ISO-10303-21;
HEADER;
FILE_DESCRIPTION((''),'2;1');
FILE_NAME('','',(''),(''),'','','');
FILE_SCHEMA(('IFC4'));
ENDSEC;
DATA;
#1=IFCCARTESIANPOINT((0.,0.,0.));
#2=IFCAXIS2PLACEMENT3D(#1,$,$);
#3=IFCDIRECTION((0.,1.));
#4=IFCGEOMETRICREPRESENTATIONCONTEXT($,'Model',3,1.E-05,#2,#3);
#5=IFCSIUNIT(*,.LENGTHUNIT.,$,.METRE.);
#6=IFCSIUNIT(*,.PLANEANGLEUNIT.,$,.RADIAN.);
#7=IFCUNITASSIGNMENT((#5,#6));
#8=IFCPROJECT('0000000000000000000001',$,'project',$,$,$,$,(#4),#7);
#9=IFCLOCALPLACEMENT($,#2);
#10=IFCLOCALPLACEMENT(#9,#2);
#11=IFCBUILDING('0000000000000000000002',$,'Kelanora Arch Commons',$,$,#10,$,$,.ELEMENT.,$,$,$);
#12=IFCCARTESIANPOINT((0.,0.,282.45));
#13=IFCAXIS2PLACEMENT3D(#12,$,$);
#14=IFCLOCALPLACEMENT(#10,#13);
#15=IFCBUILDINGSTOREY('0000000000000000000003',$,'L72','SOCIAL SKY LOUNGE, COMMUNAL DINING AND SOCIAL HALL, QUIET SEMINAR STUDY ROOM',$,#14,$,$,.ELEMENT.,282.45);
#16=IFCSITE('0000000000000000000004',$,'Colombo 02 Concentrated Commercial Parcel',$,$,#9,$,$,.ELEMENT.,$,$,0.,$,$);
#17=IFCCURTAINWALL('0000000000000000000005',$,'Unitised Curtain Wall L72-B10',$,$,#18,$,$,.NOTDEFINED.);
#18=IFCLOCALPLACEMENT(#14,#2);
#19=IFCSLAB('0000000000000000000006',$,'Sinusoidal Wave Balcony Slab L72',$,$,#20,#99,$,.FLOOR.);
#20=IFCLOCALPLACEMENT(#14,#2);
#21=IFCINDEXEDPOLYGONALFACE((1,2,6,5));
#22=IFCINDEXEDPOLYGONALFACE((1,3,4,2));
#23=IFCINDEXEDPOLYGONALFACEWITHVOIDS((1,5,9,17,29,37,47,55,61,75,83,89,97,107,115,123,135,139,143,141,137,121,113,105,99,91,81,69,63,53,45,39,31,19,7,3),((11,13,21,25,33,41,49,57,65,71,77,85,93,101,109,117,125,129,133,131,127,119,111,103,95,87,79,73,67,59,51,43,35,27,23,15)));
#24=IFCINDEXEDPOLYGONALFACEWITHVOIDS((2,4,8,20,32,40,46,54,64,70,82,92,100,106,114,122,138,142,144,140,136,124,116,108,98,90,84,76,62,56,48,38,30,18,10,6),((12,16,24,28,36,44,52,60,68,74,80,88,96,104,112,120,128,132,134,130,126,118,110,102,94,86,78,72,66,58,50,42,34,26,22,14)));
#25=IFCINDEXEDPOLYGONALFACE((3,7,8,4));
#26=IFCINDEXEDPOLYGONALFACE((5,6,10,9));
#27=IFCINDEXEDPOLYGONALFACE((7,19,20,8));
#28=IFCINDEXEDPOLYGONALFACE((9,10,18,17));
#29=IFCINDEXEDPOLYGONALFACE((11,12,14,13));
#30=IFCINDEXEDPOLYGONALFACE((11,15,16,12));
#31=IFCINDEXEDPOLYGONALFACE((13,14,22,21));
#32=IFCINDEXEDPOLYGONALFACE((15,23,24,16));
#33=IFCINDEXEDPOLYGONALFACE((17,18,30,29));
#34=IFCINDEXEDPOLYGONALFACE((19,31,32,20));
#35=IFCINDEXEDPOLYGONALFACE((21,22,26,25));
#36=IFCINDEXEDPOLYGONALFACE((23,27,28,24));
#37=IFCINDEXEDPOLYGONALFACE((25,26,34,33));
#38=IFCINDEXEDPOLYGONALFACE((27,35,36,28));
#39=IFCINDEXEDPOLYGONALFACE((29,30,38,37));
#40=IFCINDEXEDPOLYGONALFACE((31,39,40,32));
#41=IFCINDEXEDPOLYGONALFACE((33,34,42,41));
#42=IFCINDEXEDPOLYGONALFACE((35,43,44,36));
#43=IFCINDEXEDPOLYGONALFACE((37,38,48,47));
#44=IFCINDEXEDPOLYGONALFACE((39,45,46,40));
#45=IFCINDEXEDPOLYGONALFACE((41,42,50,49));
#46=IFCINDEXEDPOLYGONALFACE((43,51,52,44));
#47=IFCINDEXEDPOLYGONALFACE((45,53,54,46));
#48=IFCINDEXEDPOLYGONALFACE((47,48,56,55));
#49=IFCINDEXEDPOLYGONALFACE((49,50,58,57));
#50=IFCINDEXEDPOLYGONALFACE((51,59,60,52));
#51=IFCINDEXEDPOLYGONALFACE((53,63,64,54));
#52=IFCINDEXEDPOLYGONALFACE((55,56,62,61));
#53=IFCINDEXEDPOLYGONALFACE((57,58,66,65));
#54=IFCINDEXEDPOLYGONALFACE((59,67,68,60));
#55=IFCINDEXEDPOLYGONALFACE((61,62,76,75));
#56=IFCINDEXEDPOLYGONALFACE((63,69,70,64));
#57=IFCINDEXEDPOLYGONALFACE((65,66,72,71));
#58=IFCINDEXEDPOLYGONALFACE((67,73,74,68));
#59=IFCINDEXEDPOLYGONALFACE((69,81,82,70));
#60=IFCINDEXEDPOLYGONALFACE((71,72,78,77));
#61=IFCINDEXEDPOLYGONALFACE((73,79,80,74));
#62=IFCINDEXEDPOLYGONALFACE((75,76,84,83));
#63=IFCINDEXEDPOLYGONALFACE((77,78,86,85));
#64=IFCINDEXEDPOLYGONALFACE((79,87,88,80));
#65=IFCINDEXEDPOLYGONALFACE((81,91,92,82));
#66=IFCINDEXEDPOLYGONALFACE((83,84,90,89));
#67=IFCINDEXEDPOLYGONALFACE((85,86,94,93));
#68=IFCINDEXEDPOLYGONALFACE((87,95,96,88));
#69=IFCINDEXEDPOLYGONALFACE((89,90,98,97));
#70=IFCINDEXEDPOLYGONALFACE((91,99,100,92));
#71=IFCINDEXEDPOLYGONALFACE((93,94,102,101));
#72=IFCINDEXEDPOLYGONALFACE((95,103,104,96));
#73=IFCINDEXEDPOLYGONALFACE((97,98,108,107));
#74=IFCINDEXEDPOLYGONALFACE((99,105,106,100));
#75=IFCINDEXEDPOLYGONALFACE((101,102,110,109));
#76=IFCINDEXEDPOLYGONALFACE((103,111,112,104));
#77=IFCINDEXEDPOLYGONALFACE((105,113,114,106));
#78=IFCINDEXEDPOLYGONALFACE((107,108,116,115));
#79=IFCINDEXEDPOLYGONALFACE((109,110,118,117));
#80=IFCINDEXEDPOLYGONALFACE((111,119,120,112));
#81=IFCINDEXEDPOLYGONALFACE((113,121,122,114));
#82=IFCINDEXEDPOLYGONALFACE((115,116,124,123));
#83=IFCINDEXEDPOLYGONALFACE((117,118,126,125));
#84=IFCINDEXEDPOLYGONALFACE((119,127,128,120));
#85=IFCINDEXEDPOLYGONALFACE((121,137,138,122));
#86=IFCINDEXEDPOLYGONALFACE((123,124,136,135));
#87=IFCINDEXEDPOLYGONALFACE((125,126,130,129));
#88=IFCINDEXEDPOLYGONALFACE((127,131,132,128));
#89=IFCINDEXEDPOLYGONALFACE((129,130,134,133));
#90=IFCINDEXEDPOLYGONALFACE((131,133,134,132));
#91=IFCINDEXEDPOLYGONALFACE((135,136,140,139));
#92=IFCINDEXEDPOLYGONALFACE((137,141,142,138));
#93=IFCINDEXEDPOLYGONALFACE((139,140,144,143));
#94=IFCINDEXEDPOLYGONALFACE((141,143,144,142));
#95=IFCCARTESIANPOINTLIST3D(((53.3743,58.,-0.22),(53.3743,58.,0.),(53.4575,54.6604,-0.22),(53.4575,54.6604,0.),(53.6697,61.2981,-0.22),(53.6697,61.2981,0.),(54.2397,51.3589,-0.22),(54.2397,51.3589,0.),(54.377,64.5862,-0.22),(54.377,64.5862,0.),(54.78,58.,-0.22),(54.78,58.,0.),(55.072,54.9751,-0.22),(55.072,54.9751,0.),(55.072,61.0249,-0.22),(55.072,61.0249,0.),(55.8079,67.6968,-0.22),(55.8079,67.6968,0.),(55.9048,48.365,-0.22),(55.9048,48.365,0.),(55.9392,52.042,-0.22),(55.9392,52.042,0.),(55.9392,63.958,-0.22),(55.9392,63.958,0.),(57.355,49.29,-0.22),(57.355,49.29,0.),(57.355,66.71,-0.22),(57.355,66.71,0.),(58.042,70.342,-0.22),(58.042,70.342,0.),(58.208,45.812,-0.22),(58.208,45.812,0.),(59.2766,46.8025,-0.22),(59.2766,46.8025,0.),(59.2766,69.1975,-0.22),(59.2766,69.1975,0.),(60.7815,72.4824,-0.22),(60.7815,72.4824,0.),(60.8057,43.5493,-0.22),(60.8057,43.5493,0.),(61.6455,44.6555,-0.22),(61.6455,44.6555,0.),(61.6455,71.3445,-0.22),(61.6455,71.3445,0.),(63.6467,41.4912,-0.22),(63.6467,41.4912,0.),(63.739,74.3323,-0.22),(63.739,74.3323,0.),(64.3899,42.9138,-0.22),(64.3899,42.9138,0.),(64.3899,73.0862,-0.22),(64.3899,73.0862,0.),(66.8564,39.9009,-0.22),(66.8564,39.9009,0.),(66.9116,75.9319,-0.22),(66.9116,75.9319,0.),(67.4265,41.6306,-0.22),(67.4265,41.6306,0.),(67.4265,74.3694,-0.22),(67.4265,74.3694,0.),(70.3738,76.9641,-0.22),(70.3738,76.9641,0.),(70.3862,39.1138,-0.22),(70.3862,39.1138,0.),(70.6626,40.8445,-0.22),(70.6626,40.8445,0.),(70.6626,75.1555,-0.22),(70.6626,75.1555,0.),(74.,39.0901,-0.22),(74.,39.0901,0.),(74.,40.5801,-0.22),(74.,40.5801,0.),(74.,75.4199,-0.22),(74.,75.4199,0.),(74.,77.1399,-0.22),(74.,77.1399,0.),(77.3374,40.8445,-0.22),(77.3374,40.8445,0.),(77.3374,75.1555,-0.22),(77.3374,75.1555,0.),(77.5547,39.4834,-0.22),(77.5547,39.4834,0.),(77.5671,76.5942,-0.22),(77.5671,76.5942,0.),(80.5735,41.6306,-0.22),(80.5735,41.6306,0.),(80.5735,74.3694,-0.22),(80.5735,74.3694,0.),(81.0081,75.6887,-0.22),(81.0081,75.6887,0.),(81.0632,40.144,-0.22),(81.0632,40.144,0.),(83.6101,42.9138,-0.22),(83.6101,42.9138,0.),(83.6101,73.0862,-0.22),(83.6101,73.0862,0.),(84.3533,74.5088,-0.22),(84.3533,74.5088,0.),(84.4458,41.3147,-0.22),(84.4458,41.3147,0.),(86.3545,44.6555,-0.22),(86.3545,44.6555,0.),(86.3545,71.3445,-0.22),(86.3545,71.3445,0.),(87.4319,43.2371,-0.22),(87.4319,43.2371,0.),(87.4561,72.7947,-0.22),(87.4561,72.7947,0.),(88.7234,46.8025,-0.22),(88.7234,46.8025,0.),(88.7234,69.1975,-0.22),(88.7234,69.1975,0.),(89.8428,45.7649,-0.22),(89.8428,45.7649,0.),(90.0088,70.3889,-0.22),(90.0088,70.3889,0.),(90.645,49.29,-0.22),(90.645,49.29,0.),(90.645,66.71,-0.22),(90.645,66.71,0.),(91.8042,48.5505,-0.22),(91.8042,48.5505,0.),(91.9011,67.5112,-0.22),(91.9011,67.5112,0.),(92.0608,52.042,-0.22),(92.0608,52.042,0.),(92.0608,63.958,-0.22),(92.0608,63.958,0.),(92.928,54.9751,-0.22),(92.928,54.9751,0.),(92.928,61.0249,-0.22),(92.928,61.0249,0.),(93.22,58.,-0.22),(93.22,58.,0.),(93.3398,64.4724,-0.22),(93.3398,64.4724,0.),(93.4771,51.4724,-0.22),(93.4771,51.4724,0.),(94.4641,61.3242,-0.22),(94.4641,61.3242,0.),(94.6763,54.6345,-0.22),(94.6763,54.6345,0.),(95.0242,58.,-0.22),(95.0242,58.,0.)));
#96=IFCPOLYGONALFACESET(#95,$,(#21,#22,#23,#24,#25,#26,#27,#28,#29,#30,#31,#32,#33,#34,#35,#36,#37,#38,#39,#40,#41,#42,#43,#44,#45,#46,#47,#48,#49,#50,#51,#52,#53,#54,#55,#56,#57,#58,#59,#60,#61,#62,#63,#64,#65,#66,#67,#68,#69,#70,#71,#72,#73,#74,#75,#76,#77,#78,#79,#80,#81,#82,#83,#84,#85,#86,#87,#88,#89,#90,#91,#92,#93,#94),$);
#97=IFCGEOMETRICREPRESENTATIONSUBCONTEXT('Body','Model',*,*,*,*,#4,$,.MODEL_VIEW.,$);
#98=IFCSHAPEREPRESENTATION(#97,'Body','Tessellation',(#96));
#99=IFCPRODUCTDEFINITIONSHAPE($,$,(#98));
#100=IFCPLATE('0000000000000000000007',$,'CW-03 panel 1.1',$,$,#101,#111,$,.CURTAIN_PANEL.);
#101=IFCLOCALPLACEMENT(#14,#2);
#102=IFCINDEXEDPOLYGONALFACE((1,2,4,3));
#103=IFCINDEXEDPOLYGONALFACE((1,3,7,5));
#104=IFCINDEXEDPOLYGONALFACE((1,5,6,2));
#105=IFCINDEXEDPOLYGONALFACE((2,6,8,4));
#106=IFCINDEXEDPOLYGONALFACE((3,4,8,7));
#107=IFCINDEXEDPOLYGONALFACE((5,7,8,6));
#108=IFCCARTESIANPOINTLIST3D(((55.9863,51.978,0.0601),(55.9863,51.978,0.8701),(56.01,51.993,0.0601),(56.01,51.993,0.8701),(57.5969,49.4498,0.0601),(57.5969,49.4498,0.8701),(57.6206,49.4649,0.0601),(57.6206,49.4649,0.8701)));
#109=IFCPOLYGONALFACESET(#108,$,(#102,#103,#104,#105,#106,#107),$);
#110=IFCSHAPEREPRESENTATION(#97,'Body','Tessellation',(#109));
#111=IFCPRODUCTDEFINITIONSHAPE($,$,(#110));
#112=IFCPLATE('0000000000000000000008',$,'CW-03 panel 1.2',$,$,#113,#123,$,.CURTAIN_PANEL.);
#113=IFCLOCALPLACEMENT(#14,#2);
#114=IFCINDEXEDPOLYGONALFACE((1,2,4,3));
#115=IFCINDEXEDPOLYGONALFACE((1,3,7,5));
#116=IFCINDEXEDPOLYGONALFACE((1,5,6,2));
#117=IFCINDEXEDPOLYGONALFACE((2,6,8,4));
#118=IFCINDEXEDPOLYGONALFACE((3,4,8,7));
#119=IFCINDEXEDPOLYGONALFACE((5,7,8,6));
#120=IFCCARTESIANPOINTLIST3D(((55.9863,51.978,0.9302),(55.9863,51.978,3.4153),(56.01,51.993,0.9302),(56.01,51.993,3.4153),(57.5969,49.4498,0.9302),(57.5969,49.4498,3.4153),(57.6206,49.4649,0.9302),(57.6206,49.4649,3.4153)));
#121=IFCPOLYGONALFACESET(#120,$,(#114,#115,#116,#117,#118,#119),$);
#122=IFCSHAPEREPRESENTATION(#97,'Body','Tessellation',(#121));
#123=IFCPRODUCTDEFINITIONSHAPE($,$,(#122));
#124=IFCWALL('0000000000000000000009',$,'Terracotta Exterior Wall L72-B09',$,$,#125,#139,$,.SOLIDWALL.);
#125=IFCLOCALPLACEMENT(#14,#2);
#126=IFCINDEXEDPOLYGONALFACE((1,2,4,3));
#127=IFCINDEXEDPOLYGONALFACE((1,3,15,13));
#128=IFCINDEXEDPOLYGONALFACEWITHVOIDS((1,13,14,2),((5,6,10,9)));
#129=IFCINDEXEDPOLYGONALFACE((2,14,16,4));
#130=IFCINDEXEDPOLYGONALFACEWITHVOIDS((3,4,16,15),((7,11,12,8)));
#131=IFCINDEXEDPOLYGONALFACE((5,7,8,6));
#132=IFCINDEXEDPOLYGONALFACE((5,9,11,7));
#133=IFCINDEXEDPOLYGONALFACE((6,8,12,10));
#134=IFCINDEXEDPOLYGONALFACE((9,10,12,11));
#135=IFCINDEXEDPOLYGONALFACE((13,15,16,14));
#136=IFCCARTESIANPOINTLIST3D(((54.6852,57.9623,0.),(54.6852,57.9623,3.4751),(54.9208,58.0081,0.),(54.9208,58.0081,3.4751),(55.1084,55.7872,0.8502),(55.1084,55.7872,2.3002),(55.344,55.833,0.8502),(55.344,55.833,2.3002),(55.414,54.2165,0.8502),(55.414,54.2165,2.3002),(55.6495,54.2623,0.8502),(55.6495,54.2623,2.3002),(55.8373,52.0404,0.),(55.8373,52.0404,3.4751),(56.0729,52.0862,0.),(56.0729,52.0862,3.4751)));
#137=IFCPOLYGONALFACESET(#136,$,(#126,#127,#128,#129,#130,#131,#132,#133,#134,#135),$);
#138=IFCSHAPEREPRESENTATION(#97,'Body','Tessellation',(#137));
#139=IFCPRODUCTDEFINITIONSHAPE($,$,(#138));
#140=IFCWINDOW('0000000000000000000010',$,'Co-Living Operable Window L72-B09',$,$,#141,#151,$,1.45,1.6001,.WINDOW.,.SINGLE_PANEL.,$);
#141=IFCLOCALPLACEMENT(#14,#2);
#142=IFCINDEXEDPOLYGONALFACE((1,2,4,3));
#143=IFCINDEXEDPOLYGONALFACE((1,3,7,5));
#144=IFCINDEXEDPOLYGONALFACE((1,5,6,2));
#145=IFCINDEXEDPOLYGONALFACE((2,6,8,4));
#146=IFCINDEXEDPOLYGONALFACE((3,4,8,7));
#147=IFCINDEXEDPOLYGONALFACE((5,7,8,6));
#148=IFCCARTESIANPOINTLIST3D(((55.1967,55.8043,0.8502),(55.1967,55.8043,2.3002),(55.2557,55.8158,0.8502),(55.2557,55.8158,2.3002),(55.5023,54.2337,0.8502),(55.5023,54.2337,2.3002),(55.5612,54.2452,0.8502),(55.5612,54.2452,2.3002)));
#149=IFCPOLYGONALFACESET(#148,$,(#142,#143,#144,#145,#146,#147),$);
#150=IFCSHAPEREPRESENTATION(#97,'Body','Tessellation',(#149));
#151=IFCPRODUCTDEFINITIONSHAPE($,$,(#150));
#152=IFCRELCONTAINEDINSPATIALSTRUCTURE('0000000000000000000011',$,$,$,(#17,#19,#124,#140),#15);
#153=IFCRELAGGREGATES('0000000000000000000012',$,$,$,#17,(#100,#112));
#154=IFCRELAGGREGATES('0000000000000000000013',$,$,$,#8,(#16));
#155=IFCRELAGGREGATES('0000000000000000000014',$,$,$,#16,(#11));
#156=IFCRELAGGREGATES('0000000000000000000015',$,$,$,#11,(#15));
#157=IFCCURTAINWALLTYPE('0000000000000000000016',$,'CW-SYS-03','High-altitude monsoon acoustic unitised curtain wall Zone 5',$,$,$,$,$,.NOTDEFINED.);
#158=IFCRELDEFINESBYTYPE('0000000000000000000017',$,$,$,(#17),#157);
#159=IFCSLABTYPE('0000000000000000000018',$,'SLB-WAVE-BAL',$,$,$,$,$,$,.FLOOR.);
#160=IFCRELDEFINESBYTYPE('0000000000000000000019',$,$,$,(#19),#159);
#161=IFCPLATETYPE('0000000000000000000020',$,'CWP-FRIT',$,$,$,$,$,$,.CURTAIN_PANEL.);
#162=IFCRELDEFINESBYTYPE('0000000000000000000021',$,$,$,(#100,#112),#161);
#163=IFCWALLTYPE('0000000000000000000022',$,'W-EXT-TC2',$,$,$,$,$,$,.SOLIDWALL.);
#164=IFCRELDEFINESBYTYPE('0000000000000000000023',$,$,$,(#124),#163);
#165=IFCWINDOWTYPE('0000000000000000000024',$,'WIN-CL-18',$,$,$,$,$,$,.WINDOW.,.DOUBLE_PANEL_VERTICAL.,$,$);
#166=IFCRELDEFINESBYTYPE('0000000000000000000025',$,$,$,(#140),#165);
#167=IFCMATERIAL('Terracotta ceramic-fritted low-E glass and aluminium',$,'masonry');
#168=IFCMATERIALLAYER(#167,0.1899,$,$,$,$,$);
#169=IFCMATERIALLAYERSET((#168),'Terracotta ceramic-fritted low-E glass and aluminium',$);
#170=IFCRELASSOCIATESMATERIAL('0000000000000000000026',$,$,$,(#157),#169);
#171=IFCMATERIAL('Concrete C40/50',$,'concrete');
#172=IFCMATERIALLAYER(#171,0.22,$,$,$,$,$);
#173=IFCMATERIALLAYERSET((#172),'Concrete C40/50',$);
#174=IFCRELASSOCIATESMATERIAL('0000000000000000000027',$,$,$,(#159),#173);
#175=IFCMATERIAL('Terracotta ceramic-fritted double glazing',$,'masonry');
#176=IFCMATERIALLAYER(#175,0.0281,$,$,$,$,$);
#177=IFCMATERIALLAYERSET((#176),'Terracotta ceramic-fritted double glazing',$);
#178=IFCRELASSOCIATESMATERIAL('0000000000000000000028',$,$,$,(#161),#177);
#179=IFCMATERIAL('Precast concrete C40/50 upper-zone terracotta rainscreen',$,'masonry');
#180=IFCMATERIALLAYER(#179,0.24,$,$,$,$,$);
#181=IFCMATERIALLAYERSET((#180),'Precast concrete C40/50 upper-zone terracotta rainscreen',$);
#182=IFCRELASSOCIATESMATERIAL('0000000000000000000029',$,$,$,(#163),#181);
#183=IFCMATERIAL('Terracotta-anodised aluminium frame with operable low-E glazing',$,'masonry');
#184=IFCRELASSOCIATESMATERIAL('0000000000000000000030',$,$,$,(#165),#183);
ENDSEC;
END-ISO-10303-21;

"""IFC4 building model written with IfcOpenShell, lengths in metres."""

from ifc_helpers import new_model, si_unit, direction, frame, frame_2d, origin, origin_2d, place, context, subcontext, project, spatial, polyline, rectangle, outline, extrude, source, transform, mapped, material, layer, layer_set, type_object, element, fill, aggregate, save


model = new_model("IFC4")

# Units and contexts
model_context = context("Model", 3, precision=1e-05, world=origin(), true_north=direction((0.0, 1.0)))
body_context = subcontext(model_context, "Body", "Model", "MODEL_VIEW")
ifc_project = project(units=[si_unit("LENGTHUNIT", "METRE"), si_unit("PLANEANGLEUNIT", "RADIAN")], contexts=[model_context])

# Site, building, storey
site_placement = place(None, origin())
site = spatial("IfcSite", under=ifc_project, at=site_placement, Name="Colombo 02 Concentrated Commercial Parcel", CompositionType="ELEMENT", RefElevation=0.0)
building_placement = place(site_placement, origin())
building = spatial("IfcBuilding", under=site, at=building_placement, Name="Kelanora Arch Commons", CompositionType="ELEMENT")
storey_placement = place(building_placement, frame((0.0, 0.0, 282.45)))
storey = spatial("IfcBuildingStorey", under=building, at=storey_placement, Name="L72", Description="SOCIAL SKY LOUNGE, COMMUNAL DINING AND SOCIAL HALL, QUIET SEMINAR STUDY ROOM", CompositionType="ELEMENT", Elevation=282.45)

# Curtain wall
ifc_material_1 = material(Name="Terracotta ceramic-fritted low-E glass and aluminium", Category="masonry")
ifc_layer_1 = layer(ifc_material_1, 0.1899)
ifc_layer_set_1 = layer_set([ifc_layer_1], Name="Terracotta ceramic-fritted low-E glass and aluminium")
curtain_wall_type = type_object("IfcCurtainWallType", Name="CW-SYS-03", Description="High-altitude monsoon acoustic unitised curtain wall Zone 5", PredefinedType="NOTDEFINED", material=ifc_layer_set_1)
curtain_wall_placement = place(storey_placement, origin())
curtain_wall = element("IfcCurtainWall", 1, at=curtain_wall_placement, inside=storey, type_object=curtain_wall_type, Name="Unitised Curtain Wall L72-B10", PredefinedType="NOTDEFINED")

# Shared definitions
ifc_material_2 = material(Name="Concrete C40/50", Category="concrete")

# Slab
ifc_layer_2 = layer(ifc_material_2, 0.22)
ifc_layer_set_2 = layer_set([ifc_layer_2], Name="Concrete C40/50")
slab_type_1 = type_object("IfcSlabType", Name="SLB-WAVE-BAL", PredefinedType="FLOOR", material=ifc_layer_set_2)
slab_1_placement = place(storey_placement, frame((0.0, 0.0, -0.22)))
element("IfcSlab", 2, at=slab_1_placement, inside=storey, type_object=slab_type_1, Name="Sinusoidal Wave Balcony Slab L72", PredefinedType="FLOOR", context=body_context, shape_type="SweptSolid", body=[
    extrude(outline(polyline([(95.0242, 58.0), (94.4641, 61.3242), (93.3398, 64.4724), (91.9011, 67.5112), (90.0088, 70.3889), (87.4561, 72.7947), (84.3533, 74.5088), (81.0081, 75.6887), (77.5671, 76.5942), (74.0, 77.1399), (70.3738, 76.9641), (66.9116, 75.9319), (63.739, 74.3323), (60.7815, 72.4824), (58.042, 70.342), (55.8079, 67.6968), (54.377, 64.5862), (53.6697, 61.2981), (53.3743, 58.0), (53.4575, 54.6604), (54.2397, 51.3589), (55.9048, 48.365), (58.208, 45.812), (60.8057, 43.5493), (63.6467, 41.4912), (66.8564, 39.9009), (70.3862, 39.1138), (74.0, 39.0901), (77.5547, 39.4834), (81.0632, 40.144), (84.4458, 41.3147), (87.4319, 43.2371), (89.8428, 45.7649), (91.8042, 48.5505), (93.4771, 51.4724), (94.6763, 54.6345), (95.0242, 58.0)]), holes=[polyline([(92.928, 54.9751), (92.0608, 52.042), (90.645, 49.29), (88.7234, 46.8025), (86.3545, 44.6555), (83.6101, 42.9138), (80.5735, 41.6306), (77.3374, 40.8445), (74.0, 40.5801), (70.6626, 40.8445), (67.4265, 41.6306), (64.3899, 42.9138), (61.6455, 44.6555), (59.2766, 46.8025), (57.355, 49.29), (55.9392, 52.042), (55.072, 54.9751), (54.78, 58.0), (55.072, 61.0249), (55.9392, 63.958), (57.355, 66.71), (59.2766, 69.1975), (61.6455, 71.3445), (64.3899, 73.0862), (67.4265, 74.3694), (70.6626, 75.1555), (74.0, 75.4199), (77.3374, 75.1555), (80.5735, 74.3694), (83.6101, 73.0862), (86.3545, 71.3445), (88.7234, 69.1975), (90.645, 66.71), (92.0608, 63.958), (92.928, 61.0249), (93.22, 58.0), (92.928, 54.9751)])]), origin(), (0.0, 0.0, 1.0), 0.22),
])

# Plates
ifc_material_3 = material(Name="Terracotta ceramic-fritted double glazing", Category="masonry")
ifc_layer_3 = layer(ifc_material_3, 0.0281)
ifc_layer_set_3 = layer_set([ifc_layer_3], Name="Terracotta ceramic-fritted double glazing")
plate_type = type_object("IfcPlateType", Name="CWP-FRIT", PredefinedType="CURTAIN_PANEL", material=ifc_layer_set_3)
shared_shape_1 = source(origin(), body_context, "Body", "SweptSolid", [
    extrude(rectangle(XDim=2.9976, YDim=0.0281, at=origin_2d()), origin(), (0.0, 0.0, 1.0), 0.8101),
])
plate_1_placement = place(storey_placement, frame((56.8035, 50.7214, 0.0601), z_axis=(0.0, 0.0, 1.0), x_axis=(0.5373, -0.843391, 0.0)))
plate_1 = element("IfcPlate", 3, at=plate_1_placement, type_object=plate_type, Name="CW-03 panel 1.1", PredefinedType="CURTAIN_PANEL", context=body_context, shape_type="MappedRepresentation", body=[
    mapped(shared_shape_1, transform((0.0, 0.0, 0.0), scale=1.0)),
])
shared_shape_2 = source(origin(), body_context, "Body", "SweptSolid", [
    extrude(rectangle(XDim=2.9976, YDim=0.0281, at=origin_2d()), origin(), (0.0, 0.0, 1.0), 2.4851),
])
plate_2_placement = place(storey_placement, frame((56.8035, 50.7214, 0.9302), z_axis=(0.0, 0.0, 1.0), x_axis=(0.5373, -0.843391, 0.0)))
plate_2 = element("IfcPlate", 4, at=plate_2_placement, type_object=plate_type, Name="CW-03 panel 1.2", PredefinedType="CURTAIN_PANEL", context=body_context, shape_type="MappedRepresentation", body=[
    mapped(shared_shape_2, transform((0.0, 0.0, 0.0), scale=1.0)),
])
aggregate(curtain_wall, [plate_1, plate_2])

# Wall, opening, window
ifc_material_4 = material(Name="Precast concrete C40/50 upper-zone terracotta rainscreen", Category="masonry")
ifc_layer_4 = layer(ifc_material_4, 0.24)
ifc_layer_set_4 = layer_set([ifc_layer_4], Name="Precast concrete C40/50 upper-zone terracotta rainscreen")
wall_type = type_object("IfcWallType", Name="W-EXT-TC2", PredefinedType="SOLIDWALL", material=ifc_layer_set_4)
wall_placement = place(storey_placement, frame((54.803, 57.9854, 0.0), z_axis=(0.0, 0.0, 1.0), x_axis=(0.190969, -0.981596, 0.0)))
wall = element("IfcWall", 5, at=wall_placement, inside=storey, type_object=wall_type, Name="Terracotta Exterior Wall L72-B09", PredefinedType="SOLIDWALL", context=body_context, shape_type="SweptSolid", body=[
    extrude(rectangle(XDim=6.033, YDim=0.24, at=frame_2d((3.0166, 0.0))), origin(), (0.0, 0.0, 1.0), 3.4751),
])
opening_placement = place(wall_placement, frame((2.2161, 0.0, 0.8501)))
opening = element("IfcOpeningElement", 6, at=opening_placement, cuts=wall, PredefinedType="OPENING", context=body_context, shape_type="SweptSolid", body=[
    extrude(rectangle(XDim=1.6001, YDim=1.45, at=frame_2d((0.8, 0.7251))), frame((0.0, 0.1299, 0.0), z_axis=(0.0, -1.0, 0.0), x_axis=(1.0, 0.0, 0.0)), (0.0, 0.0, 1.0), 0.26),
])
ifc_material_5 = material(Name="Terracotta-anodised aluminium frame with operable low-E glazing", Category="masonry")
window_type = type_object("IfcWindowType", Name="WIN-CL-18", PartitioningType="DOUBLE_PANEL_VERTICAL", PredefinedType="WINDOW", material=ifc_material_5)
window_placement = place(opening_placement, origin())
window = element("IfcWindow", 7, at=window_placement, inside=storey, type_object=window_type, Name="Co-Living Operable Window L72-B09", OverallHeight=1.45, OverallWidth=1.6001, PartitioningType="SINGLE_PANEL", PredefinedType="WINDOW", context=body_context, shape_type="SweptSolid", body=[
    extrude(rectangle(XDim=1.6001, YDim=1.45, at=frame_2d((0.8, 0.7251))), frame((0.0, 0.03, 0.0), z_axis=(0.0, -1.0, 0.0), x_axis=(1.0, 0.0, 0.0)), (0.0, 0.0, 1.0), 0.0601),
])
fill(opening, window)

save(model, "model.ifc")
